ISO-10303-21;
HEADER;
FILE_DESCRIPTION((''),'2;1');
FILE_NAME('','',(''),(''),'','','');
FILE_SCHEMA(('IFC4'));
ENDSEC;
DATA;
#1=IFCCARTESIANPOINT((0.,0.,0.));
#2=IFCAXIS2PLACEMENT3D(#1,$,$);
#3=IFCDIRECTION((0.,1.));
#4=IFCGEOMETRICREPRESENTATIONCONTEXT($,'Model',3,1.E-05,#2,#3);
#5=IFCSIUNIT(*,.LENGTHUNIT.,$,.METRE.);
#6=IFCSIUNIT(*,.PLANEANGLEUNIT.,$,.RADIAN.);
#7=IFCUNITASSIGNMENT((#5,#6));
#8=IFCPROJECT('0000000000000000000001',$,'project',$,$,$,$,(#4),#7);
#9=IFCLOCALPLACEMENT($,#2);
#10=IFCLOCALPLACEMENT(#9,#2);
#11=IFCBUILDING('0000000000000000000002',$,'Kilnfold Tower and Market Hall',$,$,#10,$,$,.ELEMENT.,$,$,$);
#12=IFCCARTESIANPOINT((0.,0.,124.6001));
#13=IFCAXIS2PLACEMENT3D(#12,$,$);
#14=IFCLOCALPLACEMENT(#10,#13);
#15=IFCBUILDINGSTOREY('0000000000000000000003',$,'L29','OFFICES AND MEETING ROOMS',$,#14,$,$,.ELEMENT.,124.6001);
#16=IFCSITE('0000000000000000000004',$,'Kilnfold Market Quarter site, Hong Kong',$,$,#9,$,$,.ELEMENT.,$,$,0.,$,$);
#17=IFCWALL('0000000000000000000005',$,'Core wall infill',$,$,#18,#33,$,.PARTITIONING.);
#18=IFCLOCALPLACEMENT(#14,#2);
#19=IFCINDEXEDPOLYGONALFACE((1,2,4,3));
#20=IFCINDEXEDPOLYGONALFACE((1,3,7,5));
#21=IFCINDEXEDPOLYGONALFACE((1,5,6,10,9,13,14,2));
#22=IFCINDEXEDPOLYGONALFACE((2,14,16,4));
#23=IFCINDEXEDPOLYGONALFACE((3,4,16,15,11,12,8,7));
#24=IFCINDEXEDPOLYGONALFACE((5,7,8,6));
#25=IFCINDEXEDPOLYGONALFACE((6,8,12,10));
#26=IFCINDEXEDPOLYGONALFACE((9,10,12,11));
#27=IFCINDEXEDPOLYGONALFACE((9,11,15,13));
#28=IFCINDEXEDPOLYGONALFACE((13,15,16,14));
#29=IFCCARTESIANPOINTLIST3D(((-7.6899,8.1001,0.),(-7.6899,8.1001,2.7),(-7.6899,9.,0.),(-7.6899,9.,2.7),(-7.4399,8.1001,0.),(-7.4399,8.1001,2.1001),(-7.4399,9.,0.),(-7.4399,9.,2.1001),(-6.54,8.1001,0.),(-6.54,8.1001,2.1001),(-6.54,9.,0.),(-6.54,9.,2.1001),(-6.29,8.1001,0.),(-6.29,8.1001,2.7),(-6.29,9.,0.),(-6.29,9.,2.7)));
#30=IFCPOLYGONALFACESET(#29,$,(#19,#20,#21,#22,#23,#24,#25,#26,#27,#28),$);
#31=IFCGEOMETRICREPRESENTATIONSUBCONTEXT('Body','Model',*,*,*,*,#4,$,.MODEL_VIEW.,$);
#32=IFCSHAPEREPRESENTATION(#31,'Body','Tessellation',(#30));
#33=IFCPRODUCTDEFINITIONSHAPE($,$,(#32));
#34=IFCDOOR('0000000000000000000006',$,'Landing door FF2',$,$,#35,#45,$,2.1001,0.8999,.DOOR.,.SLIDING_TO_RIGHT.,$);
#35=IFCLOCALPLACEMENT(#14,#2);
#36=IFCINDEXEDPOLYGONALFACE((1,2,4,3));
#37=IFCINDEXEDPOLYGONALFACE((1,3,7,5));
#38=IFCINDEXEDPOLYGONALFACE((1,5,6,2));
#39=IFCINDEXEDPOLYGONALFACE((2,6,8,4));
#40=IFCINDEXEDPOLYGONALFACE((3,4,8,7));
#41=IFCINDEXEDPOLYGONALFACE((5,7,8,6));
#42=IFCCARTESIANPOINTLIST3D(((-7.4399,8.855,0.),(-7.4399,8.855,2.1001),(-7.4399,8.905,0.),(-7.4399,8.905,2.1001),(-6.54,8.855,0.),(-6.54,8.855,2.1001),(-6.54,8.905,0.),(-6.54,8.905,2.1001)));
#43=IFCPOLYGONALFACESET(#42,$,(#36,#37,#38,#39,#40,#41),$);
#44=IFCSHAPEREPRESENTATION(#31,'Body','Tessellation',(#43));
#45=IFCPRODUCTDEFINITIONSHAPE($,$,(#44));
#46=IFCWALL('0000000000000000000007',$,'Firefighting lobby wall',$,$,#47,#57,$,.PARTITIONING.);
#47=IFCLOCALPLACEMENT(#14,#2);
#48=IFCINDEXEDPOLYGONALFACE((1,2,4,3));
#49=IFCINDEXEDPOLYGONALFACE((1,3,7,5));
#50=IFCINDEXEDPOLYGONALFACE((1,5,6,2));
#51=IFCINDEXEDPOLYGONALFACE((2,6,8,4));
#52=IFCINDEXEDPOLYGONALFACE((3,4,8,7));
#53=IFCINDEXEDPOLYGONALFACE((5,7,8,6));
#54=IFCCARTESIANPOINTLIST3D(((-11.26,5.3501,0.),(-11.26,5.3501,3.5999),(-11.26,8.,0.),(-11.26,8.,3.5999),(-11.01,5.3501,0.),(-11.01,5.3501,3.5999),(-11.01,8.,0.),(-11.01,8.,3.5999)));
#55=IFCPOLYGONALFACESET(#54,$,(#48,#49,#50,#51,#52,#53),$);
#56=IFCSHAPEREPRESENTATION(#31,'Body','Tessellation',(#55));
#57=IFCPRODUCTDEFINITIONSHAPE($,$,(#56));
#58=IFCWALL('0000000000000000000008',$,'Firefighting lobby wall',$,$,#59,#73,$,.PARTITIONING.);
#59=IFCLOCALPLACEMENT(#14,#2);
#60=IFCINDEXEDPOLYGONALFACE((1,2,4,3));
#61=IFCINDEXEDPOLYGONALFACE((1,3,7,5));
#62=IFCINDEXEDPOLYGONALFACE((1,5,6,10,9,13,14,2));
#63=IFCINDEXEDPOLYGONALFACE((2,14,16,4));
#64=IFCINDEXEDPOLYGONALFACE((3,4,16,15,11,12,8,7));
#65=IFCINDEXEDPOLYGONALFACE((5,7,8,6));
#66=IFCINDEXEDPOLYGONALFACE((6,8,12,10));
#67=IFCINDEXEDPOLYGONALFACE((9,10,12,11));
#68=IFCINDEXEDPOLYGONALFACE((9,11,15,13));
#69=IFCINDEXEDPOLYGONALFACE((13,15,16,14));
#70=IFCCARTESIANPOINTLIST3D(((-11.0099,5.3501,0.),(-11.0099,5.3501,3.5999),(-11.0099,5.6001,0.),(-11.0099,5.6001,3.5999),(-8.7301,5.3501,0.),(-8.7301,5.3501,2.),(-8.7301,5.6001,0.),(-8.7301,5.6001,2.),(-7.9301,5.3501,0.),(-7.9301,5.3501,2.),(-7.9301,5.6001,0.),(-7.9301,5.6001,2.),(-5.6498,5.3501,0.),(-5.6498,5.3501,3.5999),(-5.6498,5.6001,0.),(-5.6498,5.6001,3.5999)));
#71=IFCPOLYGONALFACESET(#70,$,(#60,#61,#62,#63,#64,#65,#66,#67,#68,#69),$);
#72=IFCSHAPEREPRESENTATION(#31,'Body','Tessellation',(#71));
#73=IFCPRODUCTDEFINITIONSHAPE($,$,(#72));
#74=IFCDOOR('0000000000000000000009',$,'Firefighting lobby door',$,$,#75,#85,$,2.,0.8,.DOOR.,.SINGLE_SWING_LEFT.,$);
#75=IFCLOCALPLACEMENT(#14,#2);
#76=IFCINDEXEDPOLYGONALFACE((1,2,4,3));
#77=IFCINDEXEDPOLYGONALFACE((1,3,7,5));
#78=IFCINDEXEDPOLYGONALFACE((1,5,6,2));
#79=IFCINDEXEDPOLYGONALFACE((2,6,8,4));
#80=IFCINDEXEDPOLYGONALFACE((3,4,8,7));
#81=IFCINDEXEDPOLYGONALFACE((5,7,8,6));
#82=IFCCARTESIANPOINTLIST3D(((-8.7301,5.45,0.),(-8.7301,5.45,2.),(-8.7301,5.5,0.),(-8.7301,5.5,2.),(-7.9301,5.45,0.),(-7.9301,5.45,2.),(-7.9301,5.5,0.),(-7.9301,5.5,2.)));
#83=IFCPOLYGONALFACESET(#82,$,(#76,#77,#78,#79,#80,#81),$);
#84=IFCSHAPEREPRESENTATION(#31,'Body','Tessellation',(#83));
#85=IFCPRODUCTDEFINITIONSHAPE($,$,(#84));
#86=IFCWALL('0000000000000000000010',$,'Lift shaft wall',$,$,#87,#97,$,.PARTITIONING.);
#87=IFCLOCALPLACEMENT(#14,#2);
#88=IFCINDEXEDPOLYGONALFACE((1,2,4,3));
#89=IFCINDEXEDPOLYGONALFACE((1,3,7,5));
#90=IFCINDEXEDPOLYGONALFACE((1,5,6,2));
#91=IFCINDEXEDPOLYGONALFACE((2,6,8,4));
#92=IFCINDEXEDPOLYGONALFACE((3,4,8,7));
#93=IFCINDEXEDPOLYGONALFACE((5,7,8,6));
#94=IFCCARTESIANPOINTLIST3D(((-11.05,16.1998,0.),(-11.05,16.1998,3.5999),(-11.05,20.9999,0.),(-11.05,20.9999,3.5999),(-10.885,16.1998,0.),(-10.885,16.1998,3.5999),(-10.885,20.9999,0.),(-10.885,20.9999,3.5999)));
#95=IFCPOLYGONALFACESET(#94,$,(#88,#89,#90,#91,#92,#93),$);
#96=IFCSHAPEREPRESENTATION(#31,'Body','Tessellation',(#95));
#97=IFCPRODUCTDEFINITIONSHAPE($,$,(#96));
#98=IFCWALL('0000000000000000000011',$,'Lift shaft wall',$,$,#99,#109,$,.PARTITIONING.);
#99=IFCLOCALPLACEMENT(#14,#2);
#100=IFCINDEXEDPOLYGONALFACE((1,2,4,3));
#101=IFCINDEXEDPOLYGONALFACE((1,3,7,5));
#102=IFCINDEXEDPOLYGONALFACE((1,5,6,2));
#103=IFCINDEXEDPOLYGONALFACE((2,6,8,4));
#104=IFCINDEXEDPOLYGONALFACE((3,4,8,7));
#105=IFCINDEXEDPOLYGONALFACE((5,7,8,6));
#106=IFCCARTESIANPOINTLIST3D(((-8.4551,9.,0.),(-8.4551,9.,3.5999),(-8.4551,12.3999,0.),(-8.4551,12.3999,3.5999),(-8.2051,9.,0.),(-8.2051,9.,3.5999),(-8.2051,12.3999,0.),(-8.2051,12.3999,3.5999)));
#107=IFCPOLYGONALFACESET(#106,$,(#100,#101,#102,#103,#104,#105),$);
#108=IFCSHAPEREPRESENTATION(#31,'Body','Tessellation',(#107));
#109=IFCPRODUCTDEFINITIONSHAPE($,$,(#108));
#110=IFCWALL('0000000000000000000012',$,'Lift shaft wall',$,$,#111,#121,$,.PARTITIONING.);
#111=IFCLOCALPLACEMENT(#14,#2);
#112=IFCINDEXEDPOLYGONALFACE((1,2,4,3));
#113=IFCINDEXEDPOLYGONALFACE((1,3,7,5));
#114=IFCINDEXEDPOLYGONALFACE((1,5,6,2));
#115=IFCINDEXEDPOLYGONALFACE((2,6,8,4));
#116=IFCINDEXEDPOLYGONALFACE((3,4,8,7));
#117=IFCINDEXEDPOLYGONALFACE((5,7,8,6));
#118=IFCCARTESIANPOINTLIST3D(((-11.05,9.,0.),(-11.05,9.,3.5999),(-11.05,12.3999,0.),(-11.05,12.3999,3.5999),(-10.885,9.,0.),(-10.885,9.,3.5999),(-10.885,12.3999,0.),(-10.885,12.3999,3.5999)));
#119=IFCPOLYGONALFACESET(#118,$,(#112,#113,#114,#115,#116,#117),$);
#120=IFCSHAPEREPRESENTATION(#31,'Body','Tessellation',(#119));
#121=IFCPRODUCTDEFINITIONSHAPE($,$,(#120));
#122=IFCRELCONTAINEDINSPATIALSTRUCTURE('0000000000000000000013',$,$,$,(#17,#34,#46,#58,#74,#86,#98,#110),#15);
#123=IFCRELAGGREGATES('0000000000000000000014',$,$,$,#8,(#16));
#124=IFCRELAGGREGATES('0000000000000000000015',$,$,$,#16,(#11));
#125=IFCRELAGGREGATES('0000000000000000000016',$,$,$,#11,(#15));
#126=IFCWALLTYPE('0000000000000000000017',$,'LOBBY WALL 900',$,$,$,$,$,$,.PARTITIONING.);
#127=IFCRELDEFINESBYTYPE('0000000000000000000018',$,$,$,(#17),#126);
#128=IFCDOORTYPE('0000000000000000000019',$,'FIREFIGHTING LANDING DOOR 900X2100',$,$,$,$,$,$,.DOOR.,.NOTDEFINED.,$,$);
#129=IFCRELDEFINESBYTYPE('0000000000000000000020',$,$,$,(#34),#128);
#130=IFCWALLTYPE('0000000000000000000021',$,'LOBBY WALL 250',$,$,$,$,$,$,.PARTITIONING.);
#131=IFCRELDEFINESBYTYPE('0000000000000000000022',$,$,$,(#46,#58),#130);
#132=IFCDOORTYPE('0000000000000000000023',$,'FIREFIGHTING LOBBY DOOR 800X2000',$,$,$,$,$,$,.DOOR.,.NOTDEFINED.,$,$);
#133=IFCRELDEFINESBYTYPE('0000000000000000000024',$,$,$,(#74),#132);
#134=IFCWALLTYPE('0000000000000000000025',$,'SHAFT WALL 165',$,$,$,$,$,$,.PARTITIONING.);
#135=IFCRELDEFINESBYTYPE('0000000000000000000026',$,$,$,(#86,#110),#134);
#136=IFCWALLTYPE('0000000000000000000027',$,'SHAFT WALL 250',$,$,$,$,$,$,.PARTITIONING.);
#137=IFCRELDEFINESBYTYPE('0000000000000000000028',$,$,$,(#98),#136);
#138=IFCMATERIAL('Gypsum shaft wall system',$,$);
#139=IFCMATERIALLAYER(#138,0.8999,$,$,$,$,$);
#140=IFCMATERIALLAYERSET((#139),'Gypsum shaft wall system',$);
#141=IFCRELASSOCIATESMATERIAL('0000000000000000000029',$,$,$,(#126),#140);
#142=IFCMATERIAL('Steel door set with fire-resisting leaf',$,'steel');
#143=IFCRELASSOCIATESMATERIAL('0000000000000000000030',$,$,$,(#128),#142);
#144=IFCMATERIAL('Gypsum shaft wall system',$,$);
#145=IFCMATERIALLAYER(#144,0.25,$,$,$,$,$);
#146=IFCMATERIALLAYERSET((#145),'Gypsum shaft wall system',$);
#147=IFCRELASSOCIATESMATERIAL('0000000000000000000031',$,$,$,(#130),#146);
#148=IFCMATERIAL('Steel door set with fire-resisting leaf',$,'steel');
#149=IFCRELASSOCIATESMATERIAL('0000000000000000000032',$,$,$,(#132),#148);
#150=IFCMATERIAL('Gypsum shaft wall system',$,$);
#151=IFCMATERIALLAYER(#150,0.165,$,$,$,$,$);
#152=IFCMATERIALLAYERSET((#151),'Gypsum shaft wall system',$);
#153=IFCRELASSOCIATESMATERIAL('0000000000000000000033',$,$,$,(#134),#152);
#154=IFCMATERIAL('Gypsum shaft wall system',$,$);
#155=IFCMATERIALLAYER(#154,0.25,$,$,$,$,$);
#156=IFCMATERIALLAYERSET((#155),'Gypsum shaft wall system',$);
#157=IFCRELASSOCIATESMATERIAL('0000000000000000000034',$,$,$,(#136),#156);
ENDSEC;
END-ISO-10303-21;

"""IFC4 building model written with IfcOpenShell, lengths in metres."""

from ifc_helpers import new_model, si_unit, direction, frame, frame_2d, origin, place, context, subcontext, project, spatial, rectangle, extrude, source, transform, mapped, material, layer, layer_set, type_object, element, fill, save


model = new_model("IFC4")

# Units and contexts
model_context = context("Model", 3, precision=1e-05, world=origin(), true_north=direction((0.0, 1.0)))
body_context = subcontext(model_context, "Body", "Model", "MODEL_VIEW")
ifc_project = project(units=[si_unit("LENGTHUNIT", "METRE"), si_unit("PLANEANGLEUNIT", "RADIAN")], contexts=[model_context])

# Site, building, storey
site_placement = place(None, origin())
site = spatial("IfcSite", under=ifc_project, at=site_placement, Name="Kilnfold Market Quarter site, Hong Kong", CompositionType="ELEMENT", RefElevation=0.0)
building_placement = place(site_placement, origin())
building = spatial("IfcBuilding", under=site, at=building_placement, Name="Kilnfold Tower and Market Hall", CompositionType="ELEMENT")
storey_placement = place(building_placement, frame((0.0, 0.0, 124.6001)))
storey = spatial("IfcBuildingStorey", under=building, at=storey_placement, Name="L29", Description="OFFICES AND MEETING ROOMS", CompositionType="ELEMENT", Elevation=124.6001)

# Wall, opening, door
ifc_material_1 = material(Name="Gypsum shaft wall system")
ifc_layer_1 = layer(ifc_material_1, 0.8999)
ifc_layer_set_1 = layer_set([ifc_layer_1], Name="Gypsum shaft wall system")
wall_type_1 = type_object("IfcWallType", Name="LOBBY WALL 900", PredefinedType="PARTITIONING", material=ifc_layer_set_1)
ifc_material_2 = material(Name="Steel door set with fire-resisting leaf", Category="steel")
door_type_1 = type_object("IfcDoorType", Name="FIREFIGHTING LANDING DOOR 900X2100", OperationType="NOTDEFINED", PredefinedType="DOOR", material=ifc_material_2)
shared_shape_1 = source(origin(), body_context, "Body", "SweptSolid", [
    extrude(rectangle(XDim=1.3999, YDim=0.8999, at=frame_2d((0.7, 0.0))), origin(), (0.0, 0.0, 1.0), 2.7),
])
wall_1_placement = place(storey_placement, frame((-7.6899, 8.55, 0.0), z_axis=(0.0, 0.0, 1.0), x_axis=(1.0, 0.0, 0.0)))
wall_1 = element("IfcWall", 1, at=wall_1_placement, inside=storey, type_object=wall_type_1, Name="Core wall infill", PredefinedType="PARTITIONING", context=body_context, shape_type="MappedRepresentation", body=[
    mapped(shared_shape_1, transform((0.0, 0.0, 0.0))),
])
opening_1_placement = place(wall_1_placement, frame((0.25, 0.0, 0.0)))
opening_1 = element("IfcOpeningElement", 2, at=opening_1_placement, cuts=wall_1, PredefinedType="OPENING", context=body_context, shape_type="SweptSolid", body=[
    extrude(rectangle(XDim=0.8999, YDim=2.1001, at=frame_2d((0.45, 1.05))), frame((0.0, 0.46, 0.0), z_axis=(0.0, -1.0, 0.0), x_axis=(1.0, 0.0, 0.0)), (0.0, 0.0, 1.0), 0.9199),
])
door_1_placement = place(opening_1_placement, origin())
door_1 = element("IfcDoor", 3, at=door_1_placement, inside=storey, type_object=door_type_1, Name="Landing door FF2", OperationType="SLIDING_TO_RIGHT", OverallHeight=2.1001, OverallWidth=0.8999, PredefinedType="DOOR", context=body_context, shape_type="SweptSolid", body=[
    extrude(rectangle(XDim=0.8999, YDim=2.1001, at=frame_2d((0.45, 1.05))), frame((0.0, 0.355, 0.0), z_axis=(0.0, -1.0, 0.0), x_axis=(1.0, 0.0, 0.0)), (0.0, 0.0, 1.0), 0.05),
])
fill(opening_1, door_1)

# Wall
ifc_material_3 = material(Name="Gypsum shaft wall system")
ifc_layer_2 = layer(ifc_material_3, 0.25)
ifc_layer_set_2 = layer_set([ifc_layer_2], Name="Gypsum shaft wall system")
wall_type_2 = type_object("IfcWallType", Name="LOBBY WALL 250", PredefinedType="PARTITIONING", material=ifc_layer_set_2)
shared_shape_2 = source(origin(), body_context, "Body", "SweptSolid", [
    extrude(rectangle(XDim=2.6499, YDim=0.25, at=frame_2d((1.325, 0.0))), origin(), (0.0, 0.0, 1.0), 3.5999),
])
wall_2_placement = place(storey_placement, frame((-11.135, 5.3501, 0.0), z_axis=(0.0, 0.0, 1.0), x_axis=(0.0, 1.0, 0.0)))
element("IfcWall", 4, at=wall_2_placement, inside=storey, type_object=wall_type_2, Name="Firefighting lobby wall", PredefinedType="PARTITIONING", context=body_context, shape_type="MappedRepresentation", body=[
    mapped(shared_shape_2, transform((0.0, 0.0, 0.0))),
])

# Wall, opening, door
shared_shape_3 = source(origin(), body_context, "Body", "SweptSolid", [
    extrude(rectangle(XDim=5.3601, YDim=0.25, at=frame_2d((2.6802, 0.0))), origin(), (0.0, 0.0, 1.0), 3.5999),
])
wall_3_placement = place(storey_placement, frame((-11.01, 5.4751, 0.0), z_axis=(0.0, 0.0, 1.0), x_axis=(1.0, 0.0, 0.0)))
wall_3 = element("IfcWall", 5, at=wall_3_placement, inside=storey, type_object=wall_type_2, Name="Firefighting lobby wall", PredefinedType="PARTITIONING", context=body_context, shape_type="MappedRepresentation", body=[
    mapped(shared_shape_3, transform((0.0, 0.0, 0.0))),
])
opening_2_placement = place(wall_3_placement, frame((2.28, 0.0, 0.0)))
opening_2 = element("IfcOpeningElement", 6, at=opening_2_placement, cuts=wall_3, PredefinedType="OPENING", context=body_context, shape_type="SweptSolid", body=[
    extrude(rectangle(XDim=0.8, YDim=2.0, at=frame_2d((0.3999, 1.0))), frame((0.0, 0.135, 0.0), z_axis=(0.0, -1.0, 0.0), x_axis=(1.0, 0.0, 0.0)), (0.0, 0.0, 1.0), 0.27),
])
ifc_material_4 = material(Name="Steel door set with fire-resisting leaf", Category="steel")
door_type_2 = type_object("IfcDoorType", Name="FIREFIGHTING LOBBY DOOR 800X2000", OperationType="NOTDEFINED", PredefinedType="DOOR", material=ifc_material_4)
door_2_placement = place(opening_2_placement, origin())
door_2 = element("IfcDoor", 7, at=door_2_placement, inside=storey, type_object=door_type_2, Name="Firefighting lobby door", OperationType="SINGLE_SWING_LEFT", OverallHeight=2.0, OverallWidth=0.8, PredefinedType="DOOR", context=body_context, shape_type="SweptSolid", body=[
    extrude(rectangle(XDim=0.8, YDim=2.0, at=frame_2d((0.3999, 1.0))), frame((0.0, 0.0249, 0.0), z_axis=(0.0, -1.0, 0.0), x_axis=(1.0, 0.0, 0.0)), (0.0, 0.0, 1.0), 0.05),
])
fill(opening_2, door_2)

# Walls
ifc_material_5 = material(Name="Gypsum shaft wall system")
ifc_layer_3 = layer(ifc_material_5, 0.165)
ifc_layer_set_3 = layer_set([ifc_layer_3], Name="Gypsum shaft wall system")
wall_type_3 = type_object("IfcWallType", Name="SHAFT WALL 165", PredefinedType="PARTITIONING", material=ifc_layer_set_3)
shared_shape_4 = source(origin(), body_context, "Body", "SweptSolid", [
    extrude(rectangle(XDim=4.8, YDim=0.165, at=frame_2d((2.3999, 0.0))), origin(), (0.0, 0.0, 1.0), 3.5999),
])
wall_4_placement = place(storey_placement, frame((-10.9675, 16.2, 0.0), z_axis=(0.0, 0.0, 1.0), x_axis=(0.0, 1.0, 0.0)))
element("IfcWall", 8, at=wall_4_placement, inside=storey, type_object=wall_type_3, Name="Lift shaft wall", PredefinedType="PARTITIONING", context=body_context, shape_type="MappedRepresentation", body=[
    mapped(shared_shape_4, transform((0.0, 0.0, 0.0))),
])
ifc_material_6 = material(Name="Gypsum shaft wall system")
ifc_layer_4 = layer(ifc_material_6, 0.25)
ifc_layer_set_4 = layer_set([ifc_layer_4], Name="Gypsum shaft wall system")
wall_type_4 = type_object("IfcWallType", Name="SHAFT WALL 250", PredefinedType="PARTITIONING", material=ifc_layer_set_4)
shared_shape_5 = source(origin(), body_context, "Body", "SweptSolid", [
    extrude(rectangle(XDim=3.3999, YDim=0.25, at=frame_2d((1.7, 0.0))), origin(), (0.0, 0.0, 1.0), 3.5999),
])
wall_5_placement = place(storey_placement, frame((-8.3301, 9.0, 0.0), z_axis=(0.0, 0.0, 1.0), x_axis=(0.0, 1.0, 0.0)))
element("IfcWall", 9, at=wall_5_placement, inside=storey, type_object=wall_type_4, Name="Lift shaft wall", PredefinedType="PARTITIONING", context=body_context, shape_type="MappedRepresentation", body=[
    mapped(shared_shape_5, transform((0.0, 0.0, 0.0))),
])
shared_shape_6 = source(origin(), body_context, "Body", "SweptSolid", [
    extrude(rectangle(XDim=3.3999, YDim=0.165, at=frame_2d((1.7, 0.0))), origin(), (0.0, 0.0, 1.0), 3.5999),
])
wall_6_placement = place(storey_placement, frame((-10.9675, 9.0, 0.0), z_axis=(0.0, 0.0, 1.0), x_axis=(0.0, 1.0, 0.0)))
element("IfcWall", 10, at=wall_6_placement, inside=storey, type_object=wall_type_3, Name="Lift shaft wall", PredefinedType="PARTITIONING", context=body_context, shape_type="MappedRepresentation", body=[
    mapped(shared_shape_6, transform((0.0, 0.0, 0.0))),
])

save(model, "model.ifc")
